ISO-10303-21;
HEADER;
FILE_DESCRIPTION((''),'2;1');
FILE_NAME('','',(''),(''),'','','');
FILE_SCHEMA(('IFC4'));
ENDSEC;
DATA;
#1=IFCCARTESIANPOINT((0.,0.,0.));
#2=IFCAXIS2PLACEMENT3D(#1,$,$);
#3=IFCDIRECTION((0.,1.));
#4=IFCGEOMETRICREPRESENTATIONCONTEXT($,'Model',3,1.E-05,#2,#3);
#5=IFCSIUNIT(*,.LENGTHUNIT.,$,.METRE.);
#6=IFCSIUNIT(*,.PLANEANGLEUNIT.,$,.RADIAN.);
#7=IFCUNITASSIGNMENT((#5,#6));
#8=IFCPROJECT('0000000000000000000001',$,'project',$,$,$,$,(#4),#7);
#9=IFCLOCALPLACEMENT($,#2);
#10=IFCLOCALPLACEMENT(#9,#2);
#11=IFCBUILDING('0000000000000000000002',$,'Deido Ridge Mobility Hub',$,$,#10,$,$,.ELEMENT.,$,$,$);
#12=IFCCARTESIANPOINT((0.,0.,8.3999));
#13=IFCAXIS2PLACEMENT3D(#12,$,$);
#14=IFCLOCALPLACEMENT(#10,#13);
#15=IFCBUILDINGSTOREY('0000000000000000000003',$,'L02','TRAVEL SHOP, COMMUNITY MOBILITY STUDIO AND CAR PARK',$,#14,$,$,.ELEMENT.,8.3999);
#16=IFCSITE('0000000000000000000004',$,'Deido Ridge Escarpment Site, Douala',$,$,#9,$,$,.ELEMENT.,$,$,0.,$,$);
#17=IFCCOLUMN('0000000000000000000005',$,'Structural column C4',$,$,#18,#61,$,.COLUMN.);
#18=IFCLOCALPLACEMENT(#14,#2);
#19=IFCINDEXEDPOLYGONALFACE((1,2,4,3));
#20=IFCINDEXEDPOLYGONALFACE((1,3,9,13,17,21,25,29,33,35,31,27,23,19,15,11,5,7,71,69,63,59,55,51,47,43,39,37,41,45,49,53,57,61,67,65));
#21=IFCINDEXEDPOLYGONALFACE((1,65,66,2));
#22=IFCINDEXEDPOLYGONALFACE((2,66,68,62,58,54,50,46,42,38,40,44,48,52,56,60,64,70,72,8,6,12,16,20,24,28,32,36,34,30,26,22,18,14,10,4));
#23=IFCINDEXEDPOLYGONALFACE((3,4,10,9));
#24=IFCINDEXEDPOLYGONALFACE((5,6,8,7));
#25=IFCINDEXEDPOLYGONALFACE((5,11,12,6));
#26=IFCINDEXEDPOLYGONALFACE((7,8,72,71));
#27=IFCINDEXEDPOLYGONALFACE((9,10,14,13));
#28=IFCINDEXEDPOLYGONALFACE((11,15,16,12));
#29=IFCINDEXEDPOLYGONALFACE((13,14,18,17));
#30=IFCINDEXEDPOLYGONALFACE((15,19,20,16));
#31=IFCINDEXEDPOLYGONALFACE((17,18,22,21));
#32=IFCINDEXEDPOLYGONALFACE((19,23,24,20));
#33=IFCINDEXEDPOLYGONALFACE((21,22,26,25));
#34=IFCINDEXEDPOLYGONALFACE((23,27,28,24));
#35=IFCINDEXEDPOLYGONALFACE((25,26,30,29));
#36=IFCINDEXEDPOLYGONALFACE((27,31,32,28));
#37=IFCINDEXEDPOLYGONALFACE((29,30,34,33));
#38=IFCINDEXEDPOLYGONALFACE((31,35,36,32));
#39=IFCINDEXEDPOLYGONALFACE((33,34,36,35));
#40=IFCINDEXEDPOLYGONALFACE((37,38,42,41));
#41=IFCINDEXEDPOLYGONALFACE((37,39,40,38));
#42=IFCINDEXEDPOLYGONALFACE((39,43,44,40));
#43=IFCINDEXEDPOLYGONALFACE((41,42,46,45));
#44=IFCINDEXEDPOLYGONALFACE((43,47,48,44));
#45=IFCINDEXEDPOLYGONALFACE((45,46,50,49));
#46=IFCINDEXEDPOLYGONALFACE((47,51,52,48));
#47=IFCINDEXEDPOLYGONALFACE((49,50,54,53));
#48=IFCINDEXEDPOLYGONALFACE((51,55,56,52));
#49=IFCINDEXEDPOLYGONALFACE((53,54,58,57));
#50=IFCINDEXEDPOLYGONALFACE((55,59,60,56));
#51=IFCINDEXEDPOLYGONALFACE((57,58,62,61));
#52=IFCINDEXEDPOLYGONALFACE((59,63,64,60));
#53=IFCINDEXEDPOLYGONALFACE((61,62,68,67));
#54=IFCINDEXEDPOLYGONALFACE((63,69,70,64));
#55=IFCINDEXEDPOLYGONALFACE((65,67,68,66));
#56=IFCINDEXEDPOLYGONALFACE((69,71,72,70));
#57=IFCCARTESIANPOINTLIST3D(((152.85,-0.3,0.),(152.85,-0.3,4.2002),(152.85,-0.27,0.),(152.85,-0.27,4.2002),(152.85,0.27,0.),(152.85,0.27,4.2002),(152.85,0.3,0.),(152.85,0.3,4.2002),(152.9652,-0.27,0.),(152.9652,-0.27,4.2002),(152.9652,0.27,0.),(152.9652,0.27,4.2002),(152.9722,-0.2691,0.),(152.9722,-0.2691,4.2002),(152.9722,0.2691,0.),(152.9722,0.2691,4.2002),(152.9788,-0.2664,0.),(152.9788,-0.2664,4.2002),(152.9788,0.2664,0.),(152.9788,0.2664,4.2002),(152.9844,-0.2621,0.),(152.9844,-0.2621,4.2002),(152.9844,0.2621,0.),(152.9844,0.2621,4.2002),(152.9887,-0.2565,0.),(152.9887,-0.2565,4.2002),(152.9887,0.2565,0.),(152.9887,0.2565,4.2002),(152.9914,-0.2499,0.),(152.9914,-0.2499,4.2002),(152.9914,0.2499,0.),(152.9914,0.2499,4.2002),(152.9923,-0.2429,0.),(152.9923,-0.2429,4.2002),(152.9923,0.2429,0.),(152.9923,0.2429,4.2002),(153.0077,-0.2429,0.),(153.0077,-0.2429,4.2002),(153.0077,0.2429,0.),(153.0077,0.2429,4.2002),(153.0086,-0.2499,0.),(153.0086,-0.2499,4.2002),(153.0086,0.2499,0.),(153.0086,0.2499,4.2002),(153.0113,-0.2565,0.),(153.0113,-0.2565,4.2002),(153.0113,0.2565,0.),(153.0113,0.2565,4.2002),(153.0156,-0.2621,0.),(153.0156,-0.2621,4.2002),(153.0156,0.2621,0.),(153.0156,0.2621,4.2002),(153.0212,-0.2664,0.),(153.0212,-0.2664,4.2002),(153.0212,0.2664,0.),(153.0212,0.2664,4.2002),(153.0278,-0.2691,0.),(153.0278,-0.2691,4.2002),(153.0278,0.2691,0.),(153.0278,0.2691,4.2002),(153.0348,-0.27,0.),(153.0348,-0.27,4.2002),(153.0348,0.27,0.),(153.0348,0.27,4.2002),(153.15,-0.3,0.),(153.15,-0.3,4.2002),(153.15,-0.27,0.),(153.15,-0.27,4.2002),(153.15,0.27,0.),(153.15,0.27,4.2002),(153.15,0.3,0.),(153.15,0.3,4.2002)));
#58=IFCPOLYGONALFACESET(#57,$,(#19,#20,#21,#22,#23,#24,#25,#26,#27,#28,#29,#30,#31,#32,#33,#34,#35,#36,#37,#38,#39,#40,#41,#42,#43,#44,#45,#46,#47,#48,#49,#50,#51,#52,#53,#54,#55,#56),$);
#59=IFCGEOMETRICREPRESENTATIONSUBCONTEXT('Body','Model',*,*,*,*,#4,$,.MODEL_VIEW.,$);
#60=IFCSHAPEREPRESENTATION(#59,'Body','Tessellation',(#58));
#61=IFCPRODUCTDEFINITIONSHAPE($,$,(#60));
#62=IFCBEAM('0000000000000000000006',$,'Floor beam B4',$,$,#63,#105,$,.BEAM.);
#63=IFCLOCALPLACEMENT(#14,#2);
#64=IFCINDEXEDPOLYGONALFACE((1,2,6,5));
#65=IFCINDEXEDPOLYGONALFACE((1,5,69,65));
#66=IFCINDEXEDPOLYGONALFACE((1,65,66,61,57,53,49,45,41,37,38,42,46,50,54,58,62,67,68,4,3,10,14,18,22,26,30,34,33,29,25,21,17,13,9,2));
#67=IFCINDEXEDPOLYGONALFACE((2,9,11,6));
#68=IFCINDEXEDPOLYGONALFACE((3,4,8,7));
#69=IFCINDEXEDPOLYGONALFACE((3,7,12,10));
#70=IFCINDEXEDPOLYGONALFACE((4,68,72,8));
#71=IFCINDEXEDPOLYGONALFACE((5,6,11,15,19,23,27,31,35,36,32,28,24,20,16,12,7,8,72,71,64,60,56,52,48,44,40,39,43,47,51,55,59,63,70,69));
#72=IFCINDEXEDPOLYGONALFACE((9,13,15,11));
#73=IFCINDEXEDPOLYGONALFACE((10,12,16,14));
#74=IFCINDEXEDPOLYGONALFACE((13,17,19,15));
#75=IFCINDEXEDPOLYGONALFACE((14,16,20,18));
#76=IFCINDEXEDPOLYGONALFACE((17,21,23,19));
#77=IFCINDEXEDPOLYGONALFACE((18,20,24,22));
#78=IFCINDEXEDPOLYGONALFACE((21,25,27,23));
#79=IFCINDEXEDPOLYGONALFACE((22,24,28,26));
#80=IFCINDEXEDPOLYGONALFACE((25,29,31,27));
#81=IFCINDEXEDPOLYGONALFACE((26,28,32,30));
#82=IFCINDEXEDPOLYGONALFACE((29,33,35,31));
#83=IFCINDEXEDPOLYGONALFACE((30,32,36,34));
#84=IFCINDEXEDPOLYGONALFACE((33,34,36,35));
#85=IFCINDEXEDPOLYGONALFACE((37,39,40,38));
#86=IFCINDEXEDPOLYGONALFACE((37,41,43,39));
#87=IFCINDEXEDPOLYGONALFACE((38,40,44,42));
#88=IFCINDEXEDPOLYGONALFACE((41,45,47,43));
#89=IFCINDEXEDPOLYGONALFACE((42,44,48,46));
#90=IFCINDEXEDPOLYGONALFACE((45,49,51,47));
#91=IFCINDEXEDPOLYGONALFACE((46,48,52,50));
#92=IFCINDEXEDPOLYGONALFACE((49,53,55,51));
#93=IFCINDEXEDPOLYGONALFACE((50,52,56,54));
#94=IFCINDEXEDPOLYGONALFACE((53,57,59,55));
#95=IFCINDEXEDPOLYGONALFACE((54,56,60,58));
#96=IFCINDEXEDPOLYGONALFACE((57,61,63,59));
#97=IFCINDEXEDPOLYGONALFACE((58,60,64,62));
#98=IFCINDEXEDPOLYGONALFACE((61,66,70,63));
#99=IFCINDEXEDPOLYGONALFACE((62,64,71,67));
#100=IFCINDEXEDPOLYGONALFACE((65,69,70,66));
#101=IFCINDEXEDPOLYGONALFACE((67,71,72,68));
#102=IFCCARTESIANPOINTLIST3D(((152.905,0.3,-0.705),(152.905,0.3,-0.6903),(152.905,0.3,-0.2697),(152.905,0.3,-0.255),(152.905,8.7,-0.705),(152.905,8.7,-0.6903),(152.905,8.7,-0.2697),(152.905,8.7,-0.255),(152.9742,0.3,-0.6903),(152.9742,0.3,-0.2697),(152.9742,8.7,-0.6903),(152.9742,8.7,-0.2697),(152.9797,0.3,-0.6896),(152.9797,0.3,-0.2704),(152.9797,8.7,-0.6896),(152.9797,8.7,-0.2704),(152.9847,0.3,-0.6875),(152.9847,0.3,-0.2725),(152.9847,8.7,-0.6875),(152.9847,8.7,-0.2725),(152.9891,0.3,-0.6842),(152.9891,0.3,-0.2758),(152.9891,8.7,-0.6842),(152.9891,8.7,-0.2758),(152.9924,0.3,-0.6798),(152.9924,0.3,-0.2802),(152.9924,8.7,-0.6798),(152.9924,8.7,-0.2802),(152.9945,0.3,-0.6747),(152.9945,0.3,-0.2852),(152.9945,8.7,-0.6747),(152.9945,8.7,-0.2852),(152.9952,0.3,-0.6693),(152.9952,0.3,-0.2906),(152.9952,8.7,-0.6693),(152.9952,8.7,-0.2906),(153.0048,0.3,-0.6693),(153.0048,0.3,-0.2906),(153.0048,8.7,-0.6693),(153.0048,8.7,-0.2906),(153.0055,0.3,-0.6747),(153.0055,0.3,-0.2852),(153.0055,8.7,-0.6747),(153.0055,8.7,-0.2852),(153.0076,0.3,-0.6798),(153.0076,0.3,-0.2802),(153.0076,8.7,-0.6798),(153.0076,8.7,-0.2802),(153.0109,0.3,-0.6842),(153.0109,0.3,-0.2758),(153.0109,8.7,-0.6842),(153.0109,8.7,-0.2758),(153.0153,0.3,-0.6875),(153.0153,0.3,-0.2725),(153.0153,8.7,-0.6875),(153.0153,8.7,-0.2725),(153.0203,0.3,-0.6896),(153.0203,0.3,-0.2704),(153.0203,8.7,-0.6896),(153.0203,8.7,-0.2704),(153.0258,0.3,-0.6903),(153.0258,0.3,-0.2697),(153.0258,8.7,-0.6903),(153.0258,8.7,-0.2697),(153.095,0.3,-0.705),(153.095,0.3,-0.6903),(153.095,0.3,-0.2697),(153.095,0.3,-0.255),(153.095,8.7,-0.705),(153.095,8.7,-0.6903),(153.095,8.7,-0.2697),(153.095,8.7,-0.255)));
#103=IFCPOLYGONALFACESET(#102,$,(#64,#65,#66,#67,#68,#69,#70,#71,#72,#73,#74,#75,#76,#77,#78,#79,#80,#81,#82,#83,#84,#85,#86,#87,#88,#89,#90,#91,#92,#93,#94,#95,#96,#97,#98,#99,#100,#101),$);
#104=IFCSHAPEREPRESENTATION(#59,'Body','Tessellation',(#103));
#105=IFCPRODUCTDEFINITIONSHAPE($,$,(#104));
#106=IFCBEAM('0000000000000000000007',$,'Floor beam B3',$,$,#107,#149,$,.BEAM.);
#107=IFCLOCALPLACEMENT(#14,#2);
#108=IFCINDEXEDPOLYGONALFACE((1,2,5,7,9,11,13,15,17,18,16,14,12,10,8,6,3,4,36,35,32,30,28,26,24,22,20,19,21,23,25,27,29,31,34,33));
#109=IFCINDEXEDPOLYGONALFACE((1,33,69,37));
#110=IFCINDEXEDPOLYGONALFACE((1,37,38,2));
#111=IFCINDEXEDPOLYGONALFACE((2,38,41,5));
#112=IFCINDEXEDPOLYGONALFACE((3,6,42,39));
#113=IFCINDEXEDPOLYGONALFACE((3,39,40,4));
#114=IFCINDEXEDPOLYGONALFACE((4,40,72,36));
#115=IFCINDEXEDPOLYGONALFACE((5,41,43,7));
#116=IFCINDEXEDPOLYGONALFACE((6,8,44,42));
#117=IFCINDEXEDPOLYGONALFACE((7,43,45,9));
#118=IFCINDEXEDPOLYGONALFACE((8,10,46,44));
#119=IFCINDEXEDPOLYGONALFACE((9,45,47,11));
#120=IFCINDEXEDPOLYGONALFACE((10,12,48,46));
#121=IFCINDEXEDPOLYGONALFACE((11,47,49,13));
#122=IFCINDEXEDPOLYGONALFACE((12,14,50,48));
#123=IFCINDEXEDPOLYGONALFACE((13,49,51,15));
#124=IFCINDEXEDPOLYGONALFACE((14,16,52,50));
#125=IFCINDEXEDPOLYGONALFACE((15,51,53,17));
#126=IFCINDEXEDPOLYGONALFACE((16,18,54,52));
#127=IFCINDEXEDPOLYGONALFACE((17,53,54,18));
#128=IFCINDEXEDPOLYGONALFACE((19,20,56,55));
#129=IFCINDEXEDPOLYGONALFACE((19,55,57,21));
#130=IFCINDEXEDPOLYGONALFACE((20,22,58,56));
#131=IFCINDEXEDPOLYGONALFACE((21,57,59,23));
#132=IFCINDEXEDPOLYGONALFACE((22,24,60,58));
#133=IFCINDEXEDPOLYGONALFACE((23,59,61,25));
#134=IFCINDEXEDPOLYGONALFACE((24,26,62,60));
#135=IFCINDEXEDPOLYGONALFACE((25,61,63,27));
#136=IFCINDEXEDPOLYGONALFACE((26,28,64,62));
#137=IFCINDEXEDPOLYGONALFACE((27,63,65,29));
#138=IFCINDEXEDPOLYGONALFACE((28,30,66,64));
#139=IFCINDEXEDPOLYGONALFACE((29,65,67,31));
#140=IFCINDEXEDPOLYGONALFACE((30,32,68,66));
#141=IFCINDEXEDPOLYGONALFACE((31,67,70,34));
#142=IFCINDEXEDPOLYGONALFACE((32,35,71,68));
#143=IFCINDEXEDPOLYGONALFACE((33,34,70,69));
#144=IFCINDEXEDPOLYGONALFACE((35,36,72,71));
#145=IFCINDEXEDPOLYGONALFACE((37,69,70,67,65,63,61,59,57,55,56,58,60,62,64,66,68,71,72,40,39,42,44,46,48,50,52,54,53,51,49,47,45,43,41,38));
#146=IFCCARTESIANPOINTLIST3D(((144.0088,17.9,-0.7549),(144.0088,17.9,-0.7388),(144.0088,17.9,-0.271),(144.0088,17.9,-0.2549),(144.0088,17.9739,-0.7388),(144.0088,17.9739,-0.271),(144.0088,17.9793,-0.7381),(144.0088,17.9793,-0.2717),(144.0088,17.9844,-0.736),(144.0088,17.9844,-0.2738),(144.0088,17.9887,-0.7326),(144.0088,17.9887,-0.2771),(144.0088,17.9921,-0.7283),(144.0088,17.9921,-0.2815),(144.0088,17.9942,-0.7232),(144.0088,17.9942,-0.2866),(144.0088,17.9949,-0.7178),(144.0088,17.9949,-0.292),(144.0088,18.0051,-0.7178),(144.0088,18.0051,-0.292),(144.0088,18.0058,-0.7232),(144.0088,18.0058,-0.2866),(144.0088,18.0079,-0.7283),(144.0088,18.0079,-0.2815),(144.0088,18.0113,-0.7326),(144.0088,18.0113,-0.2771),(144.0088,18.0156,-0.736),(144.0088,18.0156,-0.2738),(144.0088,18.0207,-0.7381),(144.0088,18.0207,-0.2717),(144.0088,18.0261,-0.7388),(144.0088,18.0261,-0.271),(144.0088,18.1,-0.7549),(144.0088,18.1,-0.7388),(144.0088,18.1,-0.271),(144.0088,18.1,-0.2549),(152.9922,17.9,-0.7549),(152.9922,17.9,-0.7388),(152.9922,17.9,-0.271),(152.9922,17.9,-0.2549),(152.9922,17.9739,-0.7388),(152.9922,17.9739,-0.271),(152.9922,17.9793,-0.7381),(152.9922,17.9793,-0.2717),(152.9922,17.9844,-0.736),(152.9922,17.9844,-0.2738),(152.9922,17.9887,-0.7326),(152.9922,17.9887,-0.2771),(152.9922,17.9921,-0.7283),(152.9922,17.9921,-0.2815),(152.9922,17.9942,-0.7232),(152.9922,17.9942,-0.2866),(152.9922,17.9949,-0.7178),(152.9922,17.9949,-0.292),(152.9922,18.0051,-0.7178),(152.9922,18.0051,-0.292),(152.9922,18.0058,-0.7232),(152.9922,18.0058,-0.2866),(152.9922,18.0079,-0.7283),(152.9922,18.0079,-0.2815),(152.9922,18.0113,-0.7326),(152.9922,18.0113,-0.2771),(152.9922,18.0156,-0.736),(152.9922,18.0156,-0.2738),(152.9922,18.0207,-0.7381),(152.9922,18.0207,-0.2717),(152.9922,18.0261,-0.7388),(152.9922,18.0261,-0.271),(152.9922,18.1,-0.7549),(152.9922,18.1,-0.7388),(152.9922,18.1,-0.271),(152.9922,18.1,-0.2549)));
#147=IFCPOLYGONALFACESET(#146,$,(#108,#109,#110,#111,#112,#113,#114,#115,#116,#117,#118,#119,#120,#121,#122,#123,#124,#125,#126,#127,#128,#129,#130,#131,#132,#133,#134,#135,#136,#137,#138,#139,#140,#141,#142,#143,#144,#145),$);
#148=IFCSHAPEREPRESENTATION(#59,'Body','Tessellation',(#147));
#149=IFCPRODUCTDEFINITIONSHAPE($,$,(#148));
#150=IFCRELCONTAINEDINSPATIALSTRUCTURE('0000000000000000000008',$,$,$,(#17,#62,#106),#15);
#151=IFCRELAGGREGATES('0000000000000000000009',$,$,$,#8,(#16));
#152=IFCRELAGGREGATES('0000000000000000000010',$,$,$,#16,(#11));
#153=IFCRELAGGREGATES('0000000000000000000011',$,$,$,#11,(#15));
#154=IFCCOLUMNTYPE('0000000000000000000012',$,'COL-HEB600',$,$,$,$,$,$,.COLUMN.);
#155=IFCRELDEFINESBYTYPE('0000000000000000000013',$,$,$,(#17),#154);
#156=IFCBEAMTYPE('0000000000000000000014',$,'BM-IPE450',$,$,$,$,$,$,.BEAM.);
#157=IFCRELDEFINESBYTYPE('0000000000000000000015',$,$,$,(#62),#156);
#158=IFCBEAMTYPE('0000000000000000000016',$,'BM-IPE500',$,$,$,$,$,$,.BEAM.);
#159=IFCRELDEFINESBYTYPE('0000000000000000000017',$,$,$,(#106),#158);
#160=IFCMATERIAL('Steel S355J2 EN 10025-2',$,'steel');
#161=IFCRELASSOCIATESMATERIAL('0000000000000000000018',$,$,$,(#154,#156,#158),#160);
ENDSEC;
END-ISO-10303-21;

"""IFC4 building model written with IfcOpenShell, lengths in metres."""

from ifc_helpers import new_model, si_unit, direction, frame, origin, origin_2d, place, context, subcontext, project, spatial, i_section, extrude, material, material_profile, profile_set, type_object, element, save


model = new_model("IFC4")

# Units and contexts
model_context = context("Model", 3, precision=1e-05, world=origin(), true_north=direction((0.0, 1.0)))
body_context = subcontext(model_context, "Body", "Model", "MODEL_VIEW")
ifc_project = project(units=[si_unit("LENGTHUNIT", "METRE"), si_unit("PLANEANGLEUNIT", "RADIAN")], contexts=[model_context])

# Site, building, storey
site_placement = place(None, origin())
site = spatial("IfcSite", under=ifc_project, at=site_placement, Name="Deido Ridge Escarpment Site, Douala", CompositionType="ELEMENT", RefElevation=0.0)
building_placement = place(site_placement, origin())
building = spatial("IfcBuilding", under=site, at=building_placement, Name="Deido Ridge Mobility Hub", CompositionType="ELEMENT")
storey_placement = place(building_placement, frame((0.0, 0.0, 8.3999)))
storey = spatial("IfcBuildingStorey", under=building, at=storey_placement, Name="L02", Description="TRAVEL SHOP, COMMUNITY MOBILITY STUDIO AND CAR PARK", CompositionType="ELEMENT", Elevation=8.3999)

# Column
ifc_material_1 = material(Name="Steel S355J2 EN 10025-2", Category="steel")
ifc_material_profile_1 = material_profile(ifc_material_1, i_section(OverallWidth=0.3, OverallDepth=0.6001, WebThickness=0.0154, FlangeThickness=0.03, FilletRadius=0.0271, at=origin_2d()), Name="HEB 600")
ifc_profile_set_1 = profile_set([ifc_material_profile_1], Name="Steel S355J2 EN 10025-2")
column_type = type_object("IfcColumnType", Name="COL-HEB600", PredefinedType="COLUMN", material=ifc_profile_set_1)
column_placement = place(storey_placement, frame((153.0, 0.0, 0.0), z_axis=(0.0, 0.0, 1.0), x_axis=(1.0, 0.0, 0.0)))
element("IfcColumn", 1, at=column_placement, inside=storey, type_object=column_type, Name="Structural column C4", PredefinedType="COLUMN", context=body_context, shape_type="SweptSolid", body=[
    extrude(i_section(OverallWidth=0.3, OverallDepth=0.6001, WebThickness=0.0154, FlangeThickness=0.03, FilletRadius=0.0271, at=origin_2d()), origin(), (0.0, 0.0, 1.0), 4.2002),
])

# Beams
ifc_material_profile_2 = material_profile(ifc_material_1, i_section(OverallWidth=0.1899, OverallDepth=0.45, WebThickness=0.0095, FlangeThickness=0.0146, FilletRadius=0.021, at=origin_2d()), Name="IPE 450")
ifc_profile_set_2 = profile_set([ifc_material_profile_2], Name="Steel S355J2 EN 10025-2")
beam_type_1 = type_object("IfcBeamType", Name="BM-IPE450", PredefinedType="BEAM", material=ifc_profile_set_2)
beam_1_placement = place(storey_placement, frame((153.0, 0.3, -0.48), z_axis=(0.0, 1.0, 0.0), x_axis=(-1.0, 0.0, 0.0)))
element("IfcBeam", 2, at=beam_1_placement, inside=storey, type_object=beam_type_1, Name="Floor beam B4", PredefinedType="BEAM", context=body_context, shape_type="SweptSolid", body=[
    extrude(i_section(OverallWidth=0.1899, OverallDepth=0.45, WebThickness=0.0095, FlangeThickness=0.0146, FilletRadius=0.021, at=origin_2d()), origin(), (0.0, 0.0, 1.0), 8.3999),
])
ifc_material_profile_3 = material_profile(ifc_material_1, i_section(OverallWidth=0.2, OverallDepth=0.5, WebThickness=0.0103, FlangeThickness=0.0161, FilletRadius=0.021, at=origin_2d()), Name="IPE 500")
ifc_profile_set_3 = profile_set([ifc_material_profile_3], Name="Steel S355J2 EN 10025-2")
beam_type_2 = type_object("IfcBeamType", Name="BM-IPE500", PredefinedType="BEAM", material=ifc_profile_set_3)
beam_2_placement = place(storey_placement, frame((144.0088, 18.0, -0.5049), z_axis=(1.0, 0.0, 0.0), x_axis=(0.0, 1.0, 0.0)))
element("IfcBeam", 3, at=beam_2_placement, inside=storey, type_object=beam_type_2, Name="Floor beam B3", PredefinedType="BEAM", context=body_context, shape_type="SweptSolid", body=[
    extrude(i_section(OverallWidth=0.2, OverallDepth=0.5, WebThickness=0.0103, FlangeThickness=0.0161, FilletRadius=0.021, at=origin_2d()), origin(), (0.0, 0.0, 1.0), 8.9834),
])

save(model, "model.ifc")
